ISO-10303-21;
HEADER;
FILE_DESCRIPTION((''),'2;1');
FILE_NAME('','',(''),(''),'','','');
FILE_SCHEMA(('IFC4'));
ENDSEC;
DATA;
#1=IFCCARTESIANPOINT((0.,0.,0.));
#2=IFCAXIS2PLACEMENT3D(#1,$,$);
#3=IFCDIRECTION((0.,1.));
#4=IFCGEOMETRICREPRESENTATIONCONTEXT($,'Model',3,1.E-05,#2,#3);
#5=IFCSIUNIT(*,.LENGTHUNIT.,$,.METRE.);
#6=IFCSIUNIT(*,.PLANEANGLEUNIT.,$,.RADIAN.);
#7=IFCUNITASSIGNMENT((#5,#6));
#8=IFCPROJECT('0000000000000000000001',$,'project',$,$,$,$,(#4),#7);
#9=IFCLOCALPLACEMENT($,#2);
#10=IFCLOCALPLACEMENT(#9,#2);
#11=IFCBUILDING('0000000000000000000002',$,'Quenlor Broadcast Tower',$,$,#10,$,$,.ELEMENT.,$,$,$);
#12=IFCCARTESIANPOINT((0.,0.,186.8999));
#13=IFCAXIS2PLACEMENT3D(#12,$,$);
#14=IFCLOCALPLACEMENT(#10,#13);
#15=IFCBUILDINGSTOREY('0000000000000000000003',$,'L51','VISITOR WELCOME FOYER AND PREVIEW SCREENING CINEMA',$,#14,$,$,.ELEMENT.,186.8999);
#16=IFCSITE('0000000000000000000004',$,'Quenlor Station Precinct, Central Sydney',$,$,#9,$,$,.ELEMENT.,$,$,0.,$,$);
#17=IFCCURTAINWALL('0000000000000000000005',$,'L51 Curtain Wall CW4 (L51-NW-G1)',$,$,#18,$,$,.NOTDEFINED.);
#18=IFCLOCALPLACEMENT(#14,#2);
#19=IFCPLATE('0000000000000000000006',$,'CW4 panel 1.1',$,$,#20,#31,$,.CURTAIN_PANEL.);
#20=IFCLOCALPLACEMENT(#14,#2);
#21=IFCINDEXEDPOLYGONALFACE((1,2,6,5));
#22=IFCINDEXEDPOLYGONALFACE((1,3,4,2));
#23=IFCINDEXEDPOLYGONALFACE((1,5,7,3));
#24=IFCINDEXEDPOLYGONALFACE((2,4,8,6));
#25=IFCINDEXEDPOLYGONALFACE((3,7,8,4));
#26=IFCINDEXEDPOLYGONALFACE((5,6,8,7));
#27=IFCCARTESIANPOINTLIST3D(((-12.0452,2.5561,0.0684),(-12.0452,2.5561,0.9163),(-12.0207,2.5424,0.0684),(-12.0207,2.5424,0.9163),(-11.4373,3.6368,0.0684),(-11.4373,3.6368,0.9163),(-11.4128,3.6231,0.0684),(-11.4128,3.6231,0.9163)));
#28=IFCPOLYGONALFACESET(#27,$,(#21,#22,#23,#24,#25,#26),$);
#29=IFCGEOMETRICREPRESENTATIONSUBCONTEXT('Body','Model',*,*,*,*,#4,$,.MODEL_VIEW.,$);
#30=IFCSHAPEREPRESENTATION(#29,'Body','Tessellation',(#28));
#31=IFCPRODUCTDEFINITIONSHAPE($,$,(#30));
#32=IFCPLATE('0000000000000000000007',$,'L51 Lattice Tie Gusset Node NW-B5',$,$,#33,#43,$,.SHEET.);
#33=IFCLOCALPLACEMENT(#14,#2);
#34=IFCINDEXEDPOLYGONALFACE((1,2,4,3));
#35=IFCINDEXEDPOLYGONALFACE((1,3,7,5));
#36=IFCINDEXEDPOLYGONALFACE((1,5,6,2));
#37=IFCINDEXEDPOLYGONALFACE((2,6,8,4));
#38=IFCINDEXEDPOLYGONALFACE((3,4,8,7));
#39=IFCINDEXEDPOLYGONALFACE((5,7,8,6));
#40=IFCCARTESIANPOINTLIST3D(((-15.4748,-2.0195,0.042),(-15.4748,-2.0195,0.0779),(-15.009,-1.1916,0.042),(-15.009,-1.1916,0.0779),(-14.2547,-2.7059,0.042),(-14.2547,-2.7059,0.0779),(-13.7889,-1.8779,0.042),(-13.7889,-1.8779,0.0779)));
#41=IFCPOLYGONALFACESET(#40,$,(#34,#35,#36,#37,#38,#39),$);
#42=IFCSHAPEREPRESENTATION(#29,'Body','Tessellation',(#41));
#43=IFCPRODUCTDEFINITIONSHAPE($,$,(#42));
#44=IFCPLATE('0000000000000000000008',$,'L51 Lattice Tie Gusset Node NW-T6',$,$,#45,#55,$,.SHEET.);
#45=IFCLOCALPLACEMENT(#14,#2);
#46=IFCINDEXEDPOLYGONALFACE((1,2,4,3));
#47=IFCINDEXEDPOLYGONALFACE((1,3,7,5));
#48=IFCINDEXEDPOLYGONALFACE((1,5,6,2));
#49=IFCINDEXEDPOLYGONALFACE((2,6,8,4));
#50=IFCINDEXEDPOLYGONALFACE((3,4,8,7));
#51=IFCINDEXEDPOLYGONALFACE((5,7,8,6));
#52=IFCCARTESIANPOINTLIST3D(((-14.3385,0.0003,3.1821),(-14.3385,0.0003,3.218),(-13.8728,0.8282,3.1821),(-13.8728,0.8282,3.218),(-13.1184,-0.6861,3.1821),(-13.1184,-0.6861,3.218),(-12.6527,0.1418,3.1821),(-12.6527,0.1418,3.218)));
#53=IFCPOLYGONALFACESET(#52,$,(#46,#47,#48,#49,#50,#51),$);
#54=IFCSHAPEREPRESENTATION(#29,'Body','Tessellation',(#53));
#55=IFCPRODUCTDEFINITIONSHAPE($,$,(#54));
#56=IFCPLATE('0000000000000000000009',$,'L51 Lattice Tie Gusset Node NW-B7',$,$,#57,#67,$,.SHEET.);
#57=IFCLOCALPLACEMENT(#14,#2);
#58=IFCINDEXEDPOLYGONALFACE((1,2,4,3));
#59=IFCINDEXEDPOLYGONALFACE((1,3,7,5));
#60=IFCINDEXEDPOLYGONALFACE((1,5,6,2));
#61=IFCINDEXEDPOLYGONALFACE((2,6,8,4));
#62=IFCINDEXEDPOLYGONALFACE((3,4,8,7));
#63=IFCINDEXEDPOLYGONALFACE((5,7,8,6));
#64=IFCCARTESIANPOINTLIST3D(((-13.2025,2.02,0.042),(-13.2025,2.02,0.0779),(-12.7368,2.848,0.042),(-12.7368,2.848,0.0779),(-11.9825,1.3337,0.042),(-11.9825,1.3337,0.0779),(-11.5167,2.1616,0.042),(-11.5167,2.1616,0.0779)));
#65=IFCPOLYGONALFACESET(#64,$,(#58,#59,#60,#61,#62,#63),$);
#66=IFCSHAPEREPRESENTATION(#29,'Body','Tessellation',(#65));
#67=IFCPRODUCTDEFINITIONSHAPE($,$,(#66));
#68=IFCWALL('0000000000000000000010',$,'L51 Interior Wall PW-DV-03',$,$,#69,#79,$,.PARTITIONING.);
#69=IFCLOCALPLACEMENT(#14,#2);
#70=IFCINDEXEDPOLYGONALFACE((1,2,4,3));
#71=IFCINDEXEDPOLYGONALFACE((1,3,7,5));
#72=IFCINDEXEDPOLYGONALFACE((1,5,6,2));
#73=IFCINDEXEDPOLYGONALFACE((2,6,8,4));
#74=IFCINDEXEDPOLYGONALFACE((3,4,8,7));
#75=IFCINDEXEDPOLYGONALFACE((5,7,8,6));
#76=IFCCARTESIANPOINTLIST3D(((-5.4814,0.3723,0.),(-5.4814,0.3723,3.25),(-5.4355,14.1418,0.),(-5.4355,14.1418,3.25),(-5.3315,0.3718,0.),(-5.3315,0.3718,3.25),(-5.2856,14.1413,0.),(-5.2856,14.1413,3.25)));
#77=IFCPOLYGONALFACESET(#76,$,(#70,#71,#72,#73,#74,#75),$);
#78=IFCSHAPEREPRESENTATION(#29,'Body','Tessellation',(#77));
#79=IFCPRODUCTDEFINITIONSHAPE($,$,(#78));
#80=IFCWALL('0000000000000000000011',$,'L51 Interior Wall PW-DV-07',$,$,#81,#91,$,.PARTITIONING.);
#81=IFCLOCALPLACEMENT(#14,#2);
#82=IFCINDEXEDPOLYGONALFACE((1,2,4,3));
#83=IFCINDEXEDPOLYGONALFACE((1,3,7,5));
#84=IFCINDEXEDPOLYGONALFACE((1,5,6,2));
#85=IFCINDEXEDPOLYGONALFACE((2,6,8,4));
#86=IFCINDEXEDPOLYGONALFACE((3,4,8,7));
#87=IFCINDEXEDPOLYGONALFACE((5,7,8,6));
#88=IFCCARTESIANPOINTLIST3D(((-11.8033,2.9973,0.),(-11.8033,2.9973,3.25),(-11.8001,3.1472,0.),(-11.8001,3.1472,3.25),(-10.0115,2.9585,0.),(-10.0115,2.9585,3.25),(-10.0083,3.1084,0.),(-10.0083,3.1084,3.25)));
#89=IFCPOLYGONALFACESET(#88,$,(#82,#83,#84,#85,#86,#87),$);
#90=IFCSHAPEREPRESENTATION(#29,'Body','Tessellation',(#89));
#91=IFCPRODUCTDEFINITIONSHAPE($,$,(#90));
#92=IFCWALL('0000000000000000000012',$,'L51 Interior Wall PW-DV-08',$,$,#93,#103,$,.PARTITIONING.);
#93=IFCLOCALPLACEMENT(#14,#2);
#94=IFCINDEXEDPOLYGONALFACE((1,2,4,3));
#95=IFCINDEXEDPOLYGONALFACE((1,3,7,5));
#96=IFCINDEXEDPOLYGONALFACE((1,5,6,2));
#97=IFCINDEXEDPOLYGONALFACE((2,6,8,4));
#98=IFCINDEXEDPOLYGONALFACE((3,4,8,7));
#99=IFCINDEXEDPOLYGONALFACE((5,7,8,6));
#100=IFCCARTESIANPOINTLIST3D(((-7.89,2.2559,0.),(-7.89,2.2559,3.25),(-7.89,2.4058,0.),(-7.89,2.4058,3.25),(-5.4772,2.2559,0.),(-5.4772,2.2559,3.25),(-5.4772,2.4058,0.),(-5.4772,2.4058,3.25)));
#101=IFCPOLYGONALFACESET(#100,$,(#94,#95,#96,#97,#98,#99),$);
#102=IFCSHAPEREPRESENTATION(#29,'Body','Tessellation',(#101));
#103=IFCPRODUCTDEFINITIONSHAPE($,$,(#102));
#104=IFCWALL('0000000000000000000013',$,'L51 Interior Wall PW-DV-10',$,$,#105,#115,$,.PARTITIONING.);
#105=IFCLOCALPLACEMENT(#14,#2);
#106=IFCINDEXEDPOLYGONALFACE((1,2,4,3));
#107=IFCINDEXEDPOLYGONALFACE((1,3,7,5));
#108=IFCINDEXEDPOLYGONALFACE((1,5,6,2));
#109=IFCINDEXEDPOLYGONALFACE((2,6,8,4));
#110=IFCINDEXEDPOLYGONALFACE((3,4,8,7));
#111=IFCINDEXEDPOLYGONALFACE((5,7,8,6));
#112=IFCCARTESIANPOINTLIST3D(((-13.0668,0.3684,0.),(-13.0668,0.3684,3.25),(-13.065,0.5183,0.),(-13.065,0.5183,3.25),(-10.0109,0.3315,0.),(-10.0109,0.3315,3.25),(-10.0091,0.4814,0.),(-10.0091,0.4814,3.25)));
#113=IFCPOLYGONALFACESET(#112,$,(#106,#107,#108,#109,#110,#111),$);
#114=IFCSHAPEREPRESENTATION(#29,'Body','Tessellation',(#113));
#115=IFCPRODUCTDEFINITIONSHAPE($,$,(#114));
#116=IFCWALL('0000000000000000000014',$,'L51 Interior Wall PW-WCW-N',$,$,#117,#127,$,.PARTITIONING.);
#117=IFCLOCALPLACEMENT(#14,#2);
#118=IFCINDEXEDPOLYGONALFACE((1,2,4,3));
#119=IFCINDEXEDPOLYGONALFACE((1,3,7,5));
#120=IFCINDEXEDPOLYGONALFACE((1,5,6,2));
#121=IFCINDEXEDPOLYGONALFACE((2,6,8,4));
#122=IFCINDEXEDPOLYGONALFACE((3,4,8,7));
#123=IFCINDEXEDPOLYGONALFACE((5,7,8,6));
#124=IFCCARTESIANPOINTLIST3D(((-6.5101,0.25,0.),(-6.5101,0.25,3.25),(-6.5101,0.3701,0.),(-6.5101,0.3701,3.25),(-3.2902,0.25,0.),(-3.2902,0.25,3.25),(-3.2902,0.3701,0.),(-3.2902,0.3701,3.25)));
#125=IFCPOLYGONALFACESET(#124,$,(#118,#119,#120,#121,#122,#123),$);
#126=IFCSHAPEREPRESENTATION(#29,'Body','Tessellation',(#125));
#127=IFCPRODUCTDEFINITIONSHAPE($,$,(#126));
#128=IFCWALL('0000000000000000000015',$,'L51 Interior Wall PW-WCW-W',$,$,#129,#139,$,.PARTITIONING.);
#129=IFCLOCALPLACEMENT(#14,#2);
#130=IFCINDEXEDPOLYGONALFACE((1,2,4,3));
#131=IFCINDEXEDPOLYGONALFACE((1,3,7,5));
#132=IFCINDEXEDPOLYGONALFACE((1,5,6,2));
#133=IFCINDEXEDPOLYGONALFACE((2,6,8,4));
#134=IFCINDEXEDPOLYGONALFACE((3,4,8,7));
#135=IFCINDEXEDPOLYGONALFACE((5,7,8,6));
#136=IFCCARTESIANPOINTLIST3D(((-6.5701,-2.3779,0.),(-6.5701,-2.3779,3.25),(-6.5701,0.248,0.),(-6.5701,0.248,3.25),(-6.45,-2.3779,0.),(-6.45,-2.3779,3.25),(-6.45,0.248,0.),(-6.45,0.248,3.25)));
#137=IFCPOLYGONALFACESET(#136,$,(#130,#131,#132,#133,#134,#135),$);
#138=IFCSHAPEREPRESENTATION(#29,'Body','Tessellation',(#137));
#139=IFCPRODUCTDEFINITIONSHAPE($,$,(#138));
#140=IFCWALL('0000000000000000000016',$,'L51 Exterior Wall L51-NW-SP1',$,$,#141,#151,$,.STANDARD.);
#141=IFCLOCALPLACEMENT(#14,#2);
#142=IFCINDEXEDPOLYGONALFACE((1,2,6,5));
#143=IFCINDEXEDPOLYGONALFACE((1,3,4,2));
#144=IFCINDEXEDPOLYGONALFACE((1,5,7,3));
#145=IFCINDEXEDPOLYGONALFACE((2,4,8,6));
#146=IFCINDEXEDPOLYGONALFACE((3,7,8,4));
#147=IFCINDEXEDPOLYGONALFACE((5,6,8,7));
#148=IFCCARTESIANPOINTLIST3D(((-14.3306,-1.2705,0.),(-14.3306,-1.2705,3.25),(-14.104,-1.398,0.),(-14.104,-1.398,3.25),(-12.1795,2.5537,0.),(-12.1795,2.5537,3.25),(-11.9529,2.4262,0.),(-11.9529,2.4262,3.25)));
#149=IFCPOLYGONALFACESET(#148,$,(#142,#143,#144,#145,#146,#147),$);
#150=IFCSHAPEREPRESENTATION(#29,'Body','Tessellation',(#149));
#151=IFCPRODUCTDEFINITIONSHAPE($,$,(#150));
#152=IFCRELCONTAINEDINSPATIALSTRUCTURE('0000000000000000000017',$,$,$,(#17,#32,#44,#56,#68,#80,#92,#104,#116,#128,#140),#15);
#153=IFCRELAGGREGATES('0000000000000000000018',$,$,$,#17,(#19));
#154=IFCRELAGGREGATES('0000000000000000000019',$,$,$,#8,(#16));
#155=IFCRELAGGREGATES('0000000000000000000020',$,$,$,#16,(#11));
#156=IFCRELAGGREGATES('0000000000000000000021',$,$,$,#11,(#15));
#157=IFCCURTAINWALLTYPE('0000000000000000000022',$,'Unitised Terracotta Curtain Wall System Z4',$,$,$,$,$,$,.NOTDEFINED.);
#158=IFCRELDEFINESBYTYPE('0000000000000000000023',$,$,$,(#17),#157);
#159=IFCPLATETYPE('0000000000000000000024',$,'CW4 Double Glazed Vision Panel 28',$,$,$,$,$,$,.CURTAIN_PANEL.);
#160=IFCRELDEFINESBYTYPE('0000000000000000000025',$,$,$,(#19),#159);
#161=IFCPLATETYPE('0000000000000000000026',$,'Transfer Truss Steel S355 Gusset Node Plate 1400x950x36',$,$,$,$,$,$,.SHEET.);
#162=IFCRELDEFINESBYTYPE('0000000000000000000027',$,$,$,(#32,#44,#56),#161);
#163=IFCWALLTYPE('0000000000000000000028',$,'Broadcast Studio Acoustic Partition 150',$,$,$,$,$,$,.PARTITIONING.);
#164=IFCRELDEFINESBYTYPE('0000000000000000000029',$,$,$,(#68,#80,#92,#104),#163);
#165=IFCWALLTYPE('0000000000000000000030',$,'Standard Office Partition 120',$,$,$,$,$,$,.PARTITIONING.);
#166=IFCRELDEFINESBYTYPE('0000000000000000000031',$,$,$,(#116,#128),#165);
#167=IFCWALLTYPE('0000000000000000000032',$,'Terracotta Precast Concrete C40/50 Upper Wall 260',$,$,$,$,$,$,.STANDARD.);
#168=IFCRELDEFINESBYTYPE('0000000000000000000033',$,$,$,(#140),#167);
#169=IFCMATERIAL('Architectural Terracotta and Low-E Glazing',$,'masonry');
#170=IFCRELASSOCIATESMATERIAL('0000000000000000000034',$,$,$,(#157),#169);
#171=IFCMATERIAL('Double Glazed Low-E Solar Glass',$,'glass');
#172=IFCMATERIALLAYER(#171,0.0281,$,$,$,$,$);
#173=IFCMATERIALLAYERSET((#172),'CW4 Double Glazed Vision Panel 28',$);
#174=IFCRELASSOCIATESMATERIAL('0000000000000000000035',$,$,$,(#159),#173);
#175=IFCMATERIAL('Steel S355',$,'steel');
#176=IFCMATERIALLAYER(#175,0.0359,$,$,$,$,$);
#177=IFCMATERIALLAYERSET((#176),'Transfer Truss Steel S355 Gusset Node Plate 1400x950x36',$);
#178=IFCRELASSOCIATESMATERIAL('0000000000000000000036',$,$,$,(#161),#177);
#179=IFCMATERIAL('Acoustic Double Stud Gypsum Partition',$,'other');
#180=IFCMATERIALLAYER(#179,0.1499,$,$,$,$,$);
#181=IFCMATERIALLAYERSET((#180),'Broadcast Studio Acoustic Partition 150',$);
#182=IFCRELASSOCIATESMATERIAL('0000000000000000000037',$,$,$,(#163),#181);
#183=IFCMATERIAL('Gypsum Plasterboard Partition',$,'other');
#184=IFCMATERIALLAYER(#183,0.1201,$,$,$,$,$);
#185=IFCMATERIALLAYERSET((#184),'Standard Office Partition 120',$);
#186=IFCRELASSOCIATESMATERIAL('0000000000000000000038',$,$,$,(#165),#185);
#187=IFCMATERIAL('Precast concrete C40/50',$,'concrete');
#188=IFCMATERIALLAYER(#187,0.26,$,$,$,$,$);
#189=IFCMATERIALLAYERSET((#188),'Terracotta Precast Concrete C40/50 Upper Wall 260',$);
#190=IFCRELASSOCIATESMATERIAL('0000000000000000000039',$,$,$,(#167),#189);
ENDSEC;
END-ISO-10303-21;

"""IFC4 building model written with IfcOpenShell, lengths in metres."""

from ifc_helpers import new_model, si_unit, direction, frame, frame_2d, origin, origin_2d, place, context, subcontext, project, spatial, rectangle, extrude, material, layer, layer_set, type_object, element, aggregate, save


model = new_model("IFC4")

# Units and contexts
model_context = context("Model", 3, precision=1e-05, world=origin(), true_north=direction((0.0, 1.0)))
body_context = subcontext(model_context, "Body", "Model", "MODEL_VIEW")
ifc_project = project(units=[si_unit("LENGTHUNIT", "METRE"), si_unit("PLANEANGLEUNIT", "RADIAN")], contexts=[model_context])

# Site, building, storey
site_placement = place(None, origin())
site = spatial("IfcSite", under=ifc_project, at=site_placement, Name="Quenlor Station Precinct, Central Sydney", CompositionType="ELEMENT", RefElevation=0.0)
building_placement = place(site_placement, origin())
building = spatial("IfcBuilding", under=site, at=building_placement, Name="Quenlor Broadcast Tower", CompositionType="ELEMENT")
storey_placement = place(building_placement, frame((0.0, 0.0, 186.8999)))
storey = spatial("IfcBuildingStorey", under=building, at=storey_placement, Name="L51", Description="VISITOR WELCOME FOYER AND PREVIEW SCREENING CINEMA", CompositionType="ELEMENT", Elevation=186.8999)

# Curtain wall
ifc_material_1 = material(Name="Architectural Terracotta and Low-E Glazing", Category="masonry")
curtain_wall_type = type_object("IfcCurtainWallType", Name="Unitised Terracotta Curtain Wall System Z4", PredefinedType="NOTDEFINED", material=ifc_material_1)
curtain_wall_placement = place(storey_placement, origin())
curtain_wall = element("IfcCurtainWall", 1, at=curtain_wall_placement, inside=storey, type_object=curtain_wall_type, Name="L51 Curtain Wall CW4 (L51-NW-G1)", PredefinedType="NOTDEFINED")

# Plate
ifc_material_2 = material(Name="Double Glazed Low-E Solar Glass", Category="glass")
ifc_layer_1 = layer(ifc_material_2, 0.0281)
ifc_layer_set_1 = layer_set([ifc_layer_1], Name="CW4 Double Glazed Vision Panel 28")
plate_type_1 = type_object("IfcPlateType", Name="CW4 Double Glazed Vision Panel 28", PredefinedType="CURTAIN_PANEL", material=ifc_layer_set_1)
plate_placement = place(storey_placement, frame((-11.729, 3.0896, 0.0684), z_axis=(0.0, 0.0, 1.0), x_axis=(0.490289, 0.87156, 0.0)))
plate = element("IfcPlate", 2, at=plate_placement, type_object=plate_type_1, Name="CW4 panel 1.1", PredefinedType="CURTAIN_PANEL", context=body_context, shape_type="SweptSolid", body=[
    extrude(rectangle(XDim=1.24, YDim=0.0281, at=origin_2d()), origin(), (0.0, 0.0, 1.0), 0.8479),
])
aggregate(curtain_wall, [plate])

# Plates
ifc_material_3 = material(Name="Steel S355", Category="steel")
ifc_layer_2 = layer(ifc_material_3, 0.0359)
ifc_layer_set_2 = layer_set([ifc_layer_2], Name="Transfer Truss Steel S355 Gusset Node Plate 1400x950x36")
plate_type_2 = type_object("IfcPlateType", Name="Transfer Truss Steel S355 Gusset Node Plate 1400x950x36", PredefinedType="SHEET", material=ifc_layer_set_2)
for number, where, z_axis, x_axis, name in (
    (3, (-14.6318, -1.9487, 0.042), (0.0, 0.0, 1.0), (-0.871556, 0.490295, 0.0), "L51 Lattice Tie Gusset Node NW-B5"),
    (4, (-13.4956, 0.071, 3.1821), (0.0, 0.0, 1.0), (-0.871556, 0.490295, 0.0), "L51 Lattice Tie Gusset Node NW-T6"),
    (5, (-12.3596, 2.0908, 0.042), (0.0, 0.0, 1.0), (-0.871556, 0.490295, 0.0), "L51 Lattice Tie Gusset Node NW-B7"),
):
    element("IfcPlate", number, at=place(storey_placement, frame(where, z_axis=z_axis, x_axis=x_axis)), inside=storey, type_object=plate_type_2, Name=name, PredefinedType="SHEET", context=body_context, shape_type="SweptSolid", body=[
        extrude(rectangle(XDim=1.3999, YDim=0.95, at=origin_2d()), origin(), (0.0, 0.0, 1.0), 0.0359),
    ])

# Walls
ifc_material_4 = material(Name="Acoustic Double Stud Gypsum Partition", Category="other")
ifc_layer_3 = layer(ifc_material_4, 0.1499)
ifc_layer_set_3 = layer_set([ifc_layer_3], Name="Broadcast Studio Acoustic Partition 150")
wall_type_1 = type_object("IfcWallType", Name="Broadcast Studio Acoustic Partition 150", PredefinedType="PARTITIONING", material=ifc_layer_set_3)
wall_1_placement = place(storey_placement, frame((-5.4065, 0.3721, 0.0), z_axis=(0.0, 0.0, 1.0), x_axis=(0.003333, 0.999994, 0.0)))
element("IfcWall", 6, at=wall_1_placement, inside=storey, type_object=wall_type_1, Name="L51 Interior Wall PW-DV-03", PredefinedType="PARTITIONING", context=body_context, shape_type="SweptSolid", body=[
    extrude(rectangle(XDim=13.7695, YDim=0.1499, at=frame_2d((6.8848, 0.0))), origin(), (0.0, 0.0, 1.0), 3.25),
])
wall_2_placement = place(storey_placement, frame((-10.01, 3.0334, 0.0), z_axis=(0.0, 0.0, 1.0), x_axis=(-0.999765, 0.02166, 0.0)))
element("IfcWall", 7, at=wall_2_placement, inside=storey, type_object=wall_type_1, Name="L51 Interior Wall PW-DV-07", PredefinedType="PARTITIONING", context=body_context, shape_type="SweptSolid", body=[
    extrude(rectangle(XDim=1.7922, YDim=0.1499, at=frame_2d((0.896, 0.0))), origin(), (0.0, 0.0, 1.0), 3.25),
])
wall_3_placement = place(storey_placement, frame((-5.4771, 2.3308, 0.0), z_axis=(0.0, 0.0, 1.0), x_axis=(-1.0, 0.0, 0.0)))
element("IfcWall", 8, at=wall_3_placement, inside=storey, type_object=wall_type_1, Name="L51 Interior Wall PW-DV-08", PredefinedType="PARTITIONING", context=body_context, shape_type="SweptSolid", body=[
    extrude(rectangle(XDim=2.4128, YDim=0.1499, at=frame_2d((1.2065, 0.0))), origin(), (0.0, 0.0, 1.0), 3.25),
])
wall_4_placement = place(storey_placement, frame((-10.01, 0.4065, 0.0), z_axis=(0.0, 0.0, 1.0), x_axis=(-0.999927, 0.012063, 0.0)))
element("IfcWall", 9, at=wall_4_placement, inside=storey, type_object=wall_type_1, Name="L51 Interior Wall PW-DV-10", PredefinedType="PARTITIONING", context=body_context, shape_type="SweptSolid", body=[
    extrude(rectangle(XDim=3.0562, YDim=0.1499, at=frame_2d((1.5281, 0.0))), origin(), (0.0, 0.0, 1.0), 3.25),
])
ifc_material_5 = material(Name="Gypsum Plasterboard Partition", Category="other")
ifc_layer_4 = layer(ifc_material_5, 0.1201)
ifc_layer_set_4 = layer_set([ifc_layer_4], Name="Standard Office Partition 120")
wall_type_2 = type_object("IfcWallType", Name="Standard Office Partition 120", PredefinedType="PARTITIONING", material=ifc_layer_set_4)
wall_5_placement = place(storey_placement, frame((-6.51, 0.3101, 0.0), z_axis=(0.0, 0.0, 1.0), x_axis=(1.0, 0.0, 0.0)))
element("IfcWall", 10, at=wall_5_placement, inside=storey, type_object=wall_type_2, Name="L51 Interior Wall PW-WCW-N", PredefinedType="PARTITIONING", context=body_context, shape_type="SweptSolid", body=[
    extrude(rectangle(XDim=3.22, YDim=0.1201, at=frame_2d((1.6099, 0.0))), origin(), (0.0, 0.0, 1.0), 3.25),
])
wall_6_placement = place(storey_placement, frame((-6.51, -2.3779, 0.0), z_axis=(0.0, 0.0, 1.0), x_axis=(0.0, 1.0, 0.0)))
element("IfcWall", 11, at=wall_6_placement, inside=storey, type_object=wall_type_2, Name="L51 Interior Wall PW-WCW-W", PredefinedType="PARTITIONING", context=body_context, shape_type="SweptSolid", body=[
    extrude(rectangle(XDim=2.626, YDim=0.1201, at=frame_2d((1.313, 0.0))), origin(), (0.0, 0.0, 1.0), 3.25),
])

# Wall
ifc_material_6 = material(Name="Precast concrete C40/50", Category="concrete")
ifc_layer_5 = layer(ifc_material_6, 0.26)
ifc_layer_set_5 = layer_set([ifc_layer_5], Name="Terracotta Precast Concrete C40/50 Upper Wall 260")
wall_type_3 = type_object("IfcWallType", Name="Terracotta Precast Concrete C40/50 Upper Wall 260", PredefinedType="STANDARD", material=ifc_layer_set_5)
wall_7_placement = place(storey_placement, frame((-14.2173, -1.3342, 0.0), z_axis=(0.0, 0.0, 1.0), x_axis=(0.490261, 0.871576, 0.0)))
element("IfcWall", 12, at=wall_7_placement, inside=storey, type_object=wall_type_3, Name="L51 Exterior Wall L51-NW-SP1", PredefinedType="STANDARD", context=body_context, shape_type="SweptSolid", body=[
    extrude(rectangle(XDim=4.3877, YDim=0.26, at=frame_2d((2.1938, 0.0))), origin(), (0.0, 0.0, 1.0), 3.25),
])

save(model, "model.ifc")
